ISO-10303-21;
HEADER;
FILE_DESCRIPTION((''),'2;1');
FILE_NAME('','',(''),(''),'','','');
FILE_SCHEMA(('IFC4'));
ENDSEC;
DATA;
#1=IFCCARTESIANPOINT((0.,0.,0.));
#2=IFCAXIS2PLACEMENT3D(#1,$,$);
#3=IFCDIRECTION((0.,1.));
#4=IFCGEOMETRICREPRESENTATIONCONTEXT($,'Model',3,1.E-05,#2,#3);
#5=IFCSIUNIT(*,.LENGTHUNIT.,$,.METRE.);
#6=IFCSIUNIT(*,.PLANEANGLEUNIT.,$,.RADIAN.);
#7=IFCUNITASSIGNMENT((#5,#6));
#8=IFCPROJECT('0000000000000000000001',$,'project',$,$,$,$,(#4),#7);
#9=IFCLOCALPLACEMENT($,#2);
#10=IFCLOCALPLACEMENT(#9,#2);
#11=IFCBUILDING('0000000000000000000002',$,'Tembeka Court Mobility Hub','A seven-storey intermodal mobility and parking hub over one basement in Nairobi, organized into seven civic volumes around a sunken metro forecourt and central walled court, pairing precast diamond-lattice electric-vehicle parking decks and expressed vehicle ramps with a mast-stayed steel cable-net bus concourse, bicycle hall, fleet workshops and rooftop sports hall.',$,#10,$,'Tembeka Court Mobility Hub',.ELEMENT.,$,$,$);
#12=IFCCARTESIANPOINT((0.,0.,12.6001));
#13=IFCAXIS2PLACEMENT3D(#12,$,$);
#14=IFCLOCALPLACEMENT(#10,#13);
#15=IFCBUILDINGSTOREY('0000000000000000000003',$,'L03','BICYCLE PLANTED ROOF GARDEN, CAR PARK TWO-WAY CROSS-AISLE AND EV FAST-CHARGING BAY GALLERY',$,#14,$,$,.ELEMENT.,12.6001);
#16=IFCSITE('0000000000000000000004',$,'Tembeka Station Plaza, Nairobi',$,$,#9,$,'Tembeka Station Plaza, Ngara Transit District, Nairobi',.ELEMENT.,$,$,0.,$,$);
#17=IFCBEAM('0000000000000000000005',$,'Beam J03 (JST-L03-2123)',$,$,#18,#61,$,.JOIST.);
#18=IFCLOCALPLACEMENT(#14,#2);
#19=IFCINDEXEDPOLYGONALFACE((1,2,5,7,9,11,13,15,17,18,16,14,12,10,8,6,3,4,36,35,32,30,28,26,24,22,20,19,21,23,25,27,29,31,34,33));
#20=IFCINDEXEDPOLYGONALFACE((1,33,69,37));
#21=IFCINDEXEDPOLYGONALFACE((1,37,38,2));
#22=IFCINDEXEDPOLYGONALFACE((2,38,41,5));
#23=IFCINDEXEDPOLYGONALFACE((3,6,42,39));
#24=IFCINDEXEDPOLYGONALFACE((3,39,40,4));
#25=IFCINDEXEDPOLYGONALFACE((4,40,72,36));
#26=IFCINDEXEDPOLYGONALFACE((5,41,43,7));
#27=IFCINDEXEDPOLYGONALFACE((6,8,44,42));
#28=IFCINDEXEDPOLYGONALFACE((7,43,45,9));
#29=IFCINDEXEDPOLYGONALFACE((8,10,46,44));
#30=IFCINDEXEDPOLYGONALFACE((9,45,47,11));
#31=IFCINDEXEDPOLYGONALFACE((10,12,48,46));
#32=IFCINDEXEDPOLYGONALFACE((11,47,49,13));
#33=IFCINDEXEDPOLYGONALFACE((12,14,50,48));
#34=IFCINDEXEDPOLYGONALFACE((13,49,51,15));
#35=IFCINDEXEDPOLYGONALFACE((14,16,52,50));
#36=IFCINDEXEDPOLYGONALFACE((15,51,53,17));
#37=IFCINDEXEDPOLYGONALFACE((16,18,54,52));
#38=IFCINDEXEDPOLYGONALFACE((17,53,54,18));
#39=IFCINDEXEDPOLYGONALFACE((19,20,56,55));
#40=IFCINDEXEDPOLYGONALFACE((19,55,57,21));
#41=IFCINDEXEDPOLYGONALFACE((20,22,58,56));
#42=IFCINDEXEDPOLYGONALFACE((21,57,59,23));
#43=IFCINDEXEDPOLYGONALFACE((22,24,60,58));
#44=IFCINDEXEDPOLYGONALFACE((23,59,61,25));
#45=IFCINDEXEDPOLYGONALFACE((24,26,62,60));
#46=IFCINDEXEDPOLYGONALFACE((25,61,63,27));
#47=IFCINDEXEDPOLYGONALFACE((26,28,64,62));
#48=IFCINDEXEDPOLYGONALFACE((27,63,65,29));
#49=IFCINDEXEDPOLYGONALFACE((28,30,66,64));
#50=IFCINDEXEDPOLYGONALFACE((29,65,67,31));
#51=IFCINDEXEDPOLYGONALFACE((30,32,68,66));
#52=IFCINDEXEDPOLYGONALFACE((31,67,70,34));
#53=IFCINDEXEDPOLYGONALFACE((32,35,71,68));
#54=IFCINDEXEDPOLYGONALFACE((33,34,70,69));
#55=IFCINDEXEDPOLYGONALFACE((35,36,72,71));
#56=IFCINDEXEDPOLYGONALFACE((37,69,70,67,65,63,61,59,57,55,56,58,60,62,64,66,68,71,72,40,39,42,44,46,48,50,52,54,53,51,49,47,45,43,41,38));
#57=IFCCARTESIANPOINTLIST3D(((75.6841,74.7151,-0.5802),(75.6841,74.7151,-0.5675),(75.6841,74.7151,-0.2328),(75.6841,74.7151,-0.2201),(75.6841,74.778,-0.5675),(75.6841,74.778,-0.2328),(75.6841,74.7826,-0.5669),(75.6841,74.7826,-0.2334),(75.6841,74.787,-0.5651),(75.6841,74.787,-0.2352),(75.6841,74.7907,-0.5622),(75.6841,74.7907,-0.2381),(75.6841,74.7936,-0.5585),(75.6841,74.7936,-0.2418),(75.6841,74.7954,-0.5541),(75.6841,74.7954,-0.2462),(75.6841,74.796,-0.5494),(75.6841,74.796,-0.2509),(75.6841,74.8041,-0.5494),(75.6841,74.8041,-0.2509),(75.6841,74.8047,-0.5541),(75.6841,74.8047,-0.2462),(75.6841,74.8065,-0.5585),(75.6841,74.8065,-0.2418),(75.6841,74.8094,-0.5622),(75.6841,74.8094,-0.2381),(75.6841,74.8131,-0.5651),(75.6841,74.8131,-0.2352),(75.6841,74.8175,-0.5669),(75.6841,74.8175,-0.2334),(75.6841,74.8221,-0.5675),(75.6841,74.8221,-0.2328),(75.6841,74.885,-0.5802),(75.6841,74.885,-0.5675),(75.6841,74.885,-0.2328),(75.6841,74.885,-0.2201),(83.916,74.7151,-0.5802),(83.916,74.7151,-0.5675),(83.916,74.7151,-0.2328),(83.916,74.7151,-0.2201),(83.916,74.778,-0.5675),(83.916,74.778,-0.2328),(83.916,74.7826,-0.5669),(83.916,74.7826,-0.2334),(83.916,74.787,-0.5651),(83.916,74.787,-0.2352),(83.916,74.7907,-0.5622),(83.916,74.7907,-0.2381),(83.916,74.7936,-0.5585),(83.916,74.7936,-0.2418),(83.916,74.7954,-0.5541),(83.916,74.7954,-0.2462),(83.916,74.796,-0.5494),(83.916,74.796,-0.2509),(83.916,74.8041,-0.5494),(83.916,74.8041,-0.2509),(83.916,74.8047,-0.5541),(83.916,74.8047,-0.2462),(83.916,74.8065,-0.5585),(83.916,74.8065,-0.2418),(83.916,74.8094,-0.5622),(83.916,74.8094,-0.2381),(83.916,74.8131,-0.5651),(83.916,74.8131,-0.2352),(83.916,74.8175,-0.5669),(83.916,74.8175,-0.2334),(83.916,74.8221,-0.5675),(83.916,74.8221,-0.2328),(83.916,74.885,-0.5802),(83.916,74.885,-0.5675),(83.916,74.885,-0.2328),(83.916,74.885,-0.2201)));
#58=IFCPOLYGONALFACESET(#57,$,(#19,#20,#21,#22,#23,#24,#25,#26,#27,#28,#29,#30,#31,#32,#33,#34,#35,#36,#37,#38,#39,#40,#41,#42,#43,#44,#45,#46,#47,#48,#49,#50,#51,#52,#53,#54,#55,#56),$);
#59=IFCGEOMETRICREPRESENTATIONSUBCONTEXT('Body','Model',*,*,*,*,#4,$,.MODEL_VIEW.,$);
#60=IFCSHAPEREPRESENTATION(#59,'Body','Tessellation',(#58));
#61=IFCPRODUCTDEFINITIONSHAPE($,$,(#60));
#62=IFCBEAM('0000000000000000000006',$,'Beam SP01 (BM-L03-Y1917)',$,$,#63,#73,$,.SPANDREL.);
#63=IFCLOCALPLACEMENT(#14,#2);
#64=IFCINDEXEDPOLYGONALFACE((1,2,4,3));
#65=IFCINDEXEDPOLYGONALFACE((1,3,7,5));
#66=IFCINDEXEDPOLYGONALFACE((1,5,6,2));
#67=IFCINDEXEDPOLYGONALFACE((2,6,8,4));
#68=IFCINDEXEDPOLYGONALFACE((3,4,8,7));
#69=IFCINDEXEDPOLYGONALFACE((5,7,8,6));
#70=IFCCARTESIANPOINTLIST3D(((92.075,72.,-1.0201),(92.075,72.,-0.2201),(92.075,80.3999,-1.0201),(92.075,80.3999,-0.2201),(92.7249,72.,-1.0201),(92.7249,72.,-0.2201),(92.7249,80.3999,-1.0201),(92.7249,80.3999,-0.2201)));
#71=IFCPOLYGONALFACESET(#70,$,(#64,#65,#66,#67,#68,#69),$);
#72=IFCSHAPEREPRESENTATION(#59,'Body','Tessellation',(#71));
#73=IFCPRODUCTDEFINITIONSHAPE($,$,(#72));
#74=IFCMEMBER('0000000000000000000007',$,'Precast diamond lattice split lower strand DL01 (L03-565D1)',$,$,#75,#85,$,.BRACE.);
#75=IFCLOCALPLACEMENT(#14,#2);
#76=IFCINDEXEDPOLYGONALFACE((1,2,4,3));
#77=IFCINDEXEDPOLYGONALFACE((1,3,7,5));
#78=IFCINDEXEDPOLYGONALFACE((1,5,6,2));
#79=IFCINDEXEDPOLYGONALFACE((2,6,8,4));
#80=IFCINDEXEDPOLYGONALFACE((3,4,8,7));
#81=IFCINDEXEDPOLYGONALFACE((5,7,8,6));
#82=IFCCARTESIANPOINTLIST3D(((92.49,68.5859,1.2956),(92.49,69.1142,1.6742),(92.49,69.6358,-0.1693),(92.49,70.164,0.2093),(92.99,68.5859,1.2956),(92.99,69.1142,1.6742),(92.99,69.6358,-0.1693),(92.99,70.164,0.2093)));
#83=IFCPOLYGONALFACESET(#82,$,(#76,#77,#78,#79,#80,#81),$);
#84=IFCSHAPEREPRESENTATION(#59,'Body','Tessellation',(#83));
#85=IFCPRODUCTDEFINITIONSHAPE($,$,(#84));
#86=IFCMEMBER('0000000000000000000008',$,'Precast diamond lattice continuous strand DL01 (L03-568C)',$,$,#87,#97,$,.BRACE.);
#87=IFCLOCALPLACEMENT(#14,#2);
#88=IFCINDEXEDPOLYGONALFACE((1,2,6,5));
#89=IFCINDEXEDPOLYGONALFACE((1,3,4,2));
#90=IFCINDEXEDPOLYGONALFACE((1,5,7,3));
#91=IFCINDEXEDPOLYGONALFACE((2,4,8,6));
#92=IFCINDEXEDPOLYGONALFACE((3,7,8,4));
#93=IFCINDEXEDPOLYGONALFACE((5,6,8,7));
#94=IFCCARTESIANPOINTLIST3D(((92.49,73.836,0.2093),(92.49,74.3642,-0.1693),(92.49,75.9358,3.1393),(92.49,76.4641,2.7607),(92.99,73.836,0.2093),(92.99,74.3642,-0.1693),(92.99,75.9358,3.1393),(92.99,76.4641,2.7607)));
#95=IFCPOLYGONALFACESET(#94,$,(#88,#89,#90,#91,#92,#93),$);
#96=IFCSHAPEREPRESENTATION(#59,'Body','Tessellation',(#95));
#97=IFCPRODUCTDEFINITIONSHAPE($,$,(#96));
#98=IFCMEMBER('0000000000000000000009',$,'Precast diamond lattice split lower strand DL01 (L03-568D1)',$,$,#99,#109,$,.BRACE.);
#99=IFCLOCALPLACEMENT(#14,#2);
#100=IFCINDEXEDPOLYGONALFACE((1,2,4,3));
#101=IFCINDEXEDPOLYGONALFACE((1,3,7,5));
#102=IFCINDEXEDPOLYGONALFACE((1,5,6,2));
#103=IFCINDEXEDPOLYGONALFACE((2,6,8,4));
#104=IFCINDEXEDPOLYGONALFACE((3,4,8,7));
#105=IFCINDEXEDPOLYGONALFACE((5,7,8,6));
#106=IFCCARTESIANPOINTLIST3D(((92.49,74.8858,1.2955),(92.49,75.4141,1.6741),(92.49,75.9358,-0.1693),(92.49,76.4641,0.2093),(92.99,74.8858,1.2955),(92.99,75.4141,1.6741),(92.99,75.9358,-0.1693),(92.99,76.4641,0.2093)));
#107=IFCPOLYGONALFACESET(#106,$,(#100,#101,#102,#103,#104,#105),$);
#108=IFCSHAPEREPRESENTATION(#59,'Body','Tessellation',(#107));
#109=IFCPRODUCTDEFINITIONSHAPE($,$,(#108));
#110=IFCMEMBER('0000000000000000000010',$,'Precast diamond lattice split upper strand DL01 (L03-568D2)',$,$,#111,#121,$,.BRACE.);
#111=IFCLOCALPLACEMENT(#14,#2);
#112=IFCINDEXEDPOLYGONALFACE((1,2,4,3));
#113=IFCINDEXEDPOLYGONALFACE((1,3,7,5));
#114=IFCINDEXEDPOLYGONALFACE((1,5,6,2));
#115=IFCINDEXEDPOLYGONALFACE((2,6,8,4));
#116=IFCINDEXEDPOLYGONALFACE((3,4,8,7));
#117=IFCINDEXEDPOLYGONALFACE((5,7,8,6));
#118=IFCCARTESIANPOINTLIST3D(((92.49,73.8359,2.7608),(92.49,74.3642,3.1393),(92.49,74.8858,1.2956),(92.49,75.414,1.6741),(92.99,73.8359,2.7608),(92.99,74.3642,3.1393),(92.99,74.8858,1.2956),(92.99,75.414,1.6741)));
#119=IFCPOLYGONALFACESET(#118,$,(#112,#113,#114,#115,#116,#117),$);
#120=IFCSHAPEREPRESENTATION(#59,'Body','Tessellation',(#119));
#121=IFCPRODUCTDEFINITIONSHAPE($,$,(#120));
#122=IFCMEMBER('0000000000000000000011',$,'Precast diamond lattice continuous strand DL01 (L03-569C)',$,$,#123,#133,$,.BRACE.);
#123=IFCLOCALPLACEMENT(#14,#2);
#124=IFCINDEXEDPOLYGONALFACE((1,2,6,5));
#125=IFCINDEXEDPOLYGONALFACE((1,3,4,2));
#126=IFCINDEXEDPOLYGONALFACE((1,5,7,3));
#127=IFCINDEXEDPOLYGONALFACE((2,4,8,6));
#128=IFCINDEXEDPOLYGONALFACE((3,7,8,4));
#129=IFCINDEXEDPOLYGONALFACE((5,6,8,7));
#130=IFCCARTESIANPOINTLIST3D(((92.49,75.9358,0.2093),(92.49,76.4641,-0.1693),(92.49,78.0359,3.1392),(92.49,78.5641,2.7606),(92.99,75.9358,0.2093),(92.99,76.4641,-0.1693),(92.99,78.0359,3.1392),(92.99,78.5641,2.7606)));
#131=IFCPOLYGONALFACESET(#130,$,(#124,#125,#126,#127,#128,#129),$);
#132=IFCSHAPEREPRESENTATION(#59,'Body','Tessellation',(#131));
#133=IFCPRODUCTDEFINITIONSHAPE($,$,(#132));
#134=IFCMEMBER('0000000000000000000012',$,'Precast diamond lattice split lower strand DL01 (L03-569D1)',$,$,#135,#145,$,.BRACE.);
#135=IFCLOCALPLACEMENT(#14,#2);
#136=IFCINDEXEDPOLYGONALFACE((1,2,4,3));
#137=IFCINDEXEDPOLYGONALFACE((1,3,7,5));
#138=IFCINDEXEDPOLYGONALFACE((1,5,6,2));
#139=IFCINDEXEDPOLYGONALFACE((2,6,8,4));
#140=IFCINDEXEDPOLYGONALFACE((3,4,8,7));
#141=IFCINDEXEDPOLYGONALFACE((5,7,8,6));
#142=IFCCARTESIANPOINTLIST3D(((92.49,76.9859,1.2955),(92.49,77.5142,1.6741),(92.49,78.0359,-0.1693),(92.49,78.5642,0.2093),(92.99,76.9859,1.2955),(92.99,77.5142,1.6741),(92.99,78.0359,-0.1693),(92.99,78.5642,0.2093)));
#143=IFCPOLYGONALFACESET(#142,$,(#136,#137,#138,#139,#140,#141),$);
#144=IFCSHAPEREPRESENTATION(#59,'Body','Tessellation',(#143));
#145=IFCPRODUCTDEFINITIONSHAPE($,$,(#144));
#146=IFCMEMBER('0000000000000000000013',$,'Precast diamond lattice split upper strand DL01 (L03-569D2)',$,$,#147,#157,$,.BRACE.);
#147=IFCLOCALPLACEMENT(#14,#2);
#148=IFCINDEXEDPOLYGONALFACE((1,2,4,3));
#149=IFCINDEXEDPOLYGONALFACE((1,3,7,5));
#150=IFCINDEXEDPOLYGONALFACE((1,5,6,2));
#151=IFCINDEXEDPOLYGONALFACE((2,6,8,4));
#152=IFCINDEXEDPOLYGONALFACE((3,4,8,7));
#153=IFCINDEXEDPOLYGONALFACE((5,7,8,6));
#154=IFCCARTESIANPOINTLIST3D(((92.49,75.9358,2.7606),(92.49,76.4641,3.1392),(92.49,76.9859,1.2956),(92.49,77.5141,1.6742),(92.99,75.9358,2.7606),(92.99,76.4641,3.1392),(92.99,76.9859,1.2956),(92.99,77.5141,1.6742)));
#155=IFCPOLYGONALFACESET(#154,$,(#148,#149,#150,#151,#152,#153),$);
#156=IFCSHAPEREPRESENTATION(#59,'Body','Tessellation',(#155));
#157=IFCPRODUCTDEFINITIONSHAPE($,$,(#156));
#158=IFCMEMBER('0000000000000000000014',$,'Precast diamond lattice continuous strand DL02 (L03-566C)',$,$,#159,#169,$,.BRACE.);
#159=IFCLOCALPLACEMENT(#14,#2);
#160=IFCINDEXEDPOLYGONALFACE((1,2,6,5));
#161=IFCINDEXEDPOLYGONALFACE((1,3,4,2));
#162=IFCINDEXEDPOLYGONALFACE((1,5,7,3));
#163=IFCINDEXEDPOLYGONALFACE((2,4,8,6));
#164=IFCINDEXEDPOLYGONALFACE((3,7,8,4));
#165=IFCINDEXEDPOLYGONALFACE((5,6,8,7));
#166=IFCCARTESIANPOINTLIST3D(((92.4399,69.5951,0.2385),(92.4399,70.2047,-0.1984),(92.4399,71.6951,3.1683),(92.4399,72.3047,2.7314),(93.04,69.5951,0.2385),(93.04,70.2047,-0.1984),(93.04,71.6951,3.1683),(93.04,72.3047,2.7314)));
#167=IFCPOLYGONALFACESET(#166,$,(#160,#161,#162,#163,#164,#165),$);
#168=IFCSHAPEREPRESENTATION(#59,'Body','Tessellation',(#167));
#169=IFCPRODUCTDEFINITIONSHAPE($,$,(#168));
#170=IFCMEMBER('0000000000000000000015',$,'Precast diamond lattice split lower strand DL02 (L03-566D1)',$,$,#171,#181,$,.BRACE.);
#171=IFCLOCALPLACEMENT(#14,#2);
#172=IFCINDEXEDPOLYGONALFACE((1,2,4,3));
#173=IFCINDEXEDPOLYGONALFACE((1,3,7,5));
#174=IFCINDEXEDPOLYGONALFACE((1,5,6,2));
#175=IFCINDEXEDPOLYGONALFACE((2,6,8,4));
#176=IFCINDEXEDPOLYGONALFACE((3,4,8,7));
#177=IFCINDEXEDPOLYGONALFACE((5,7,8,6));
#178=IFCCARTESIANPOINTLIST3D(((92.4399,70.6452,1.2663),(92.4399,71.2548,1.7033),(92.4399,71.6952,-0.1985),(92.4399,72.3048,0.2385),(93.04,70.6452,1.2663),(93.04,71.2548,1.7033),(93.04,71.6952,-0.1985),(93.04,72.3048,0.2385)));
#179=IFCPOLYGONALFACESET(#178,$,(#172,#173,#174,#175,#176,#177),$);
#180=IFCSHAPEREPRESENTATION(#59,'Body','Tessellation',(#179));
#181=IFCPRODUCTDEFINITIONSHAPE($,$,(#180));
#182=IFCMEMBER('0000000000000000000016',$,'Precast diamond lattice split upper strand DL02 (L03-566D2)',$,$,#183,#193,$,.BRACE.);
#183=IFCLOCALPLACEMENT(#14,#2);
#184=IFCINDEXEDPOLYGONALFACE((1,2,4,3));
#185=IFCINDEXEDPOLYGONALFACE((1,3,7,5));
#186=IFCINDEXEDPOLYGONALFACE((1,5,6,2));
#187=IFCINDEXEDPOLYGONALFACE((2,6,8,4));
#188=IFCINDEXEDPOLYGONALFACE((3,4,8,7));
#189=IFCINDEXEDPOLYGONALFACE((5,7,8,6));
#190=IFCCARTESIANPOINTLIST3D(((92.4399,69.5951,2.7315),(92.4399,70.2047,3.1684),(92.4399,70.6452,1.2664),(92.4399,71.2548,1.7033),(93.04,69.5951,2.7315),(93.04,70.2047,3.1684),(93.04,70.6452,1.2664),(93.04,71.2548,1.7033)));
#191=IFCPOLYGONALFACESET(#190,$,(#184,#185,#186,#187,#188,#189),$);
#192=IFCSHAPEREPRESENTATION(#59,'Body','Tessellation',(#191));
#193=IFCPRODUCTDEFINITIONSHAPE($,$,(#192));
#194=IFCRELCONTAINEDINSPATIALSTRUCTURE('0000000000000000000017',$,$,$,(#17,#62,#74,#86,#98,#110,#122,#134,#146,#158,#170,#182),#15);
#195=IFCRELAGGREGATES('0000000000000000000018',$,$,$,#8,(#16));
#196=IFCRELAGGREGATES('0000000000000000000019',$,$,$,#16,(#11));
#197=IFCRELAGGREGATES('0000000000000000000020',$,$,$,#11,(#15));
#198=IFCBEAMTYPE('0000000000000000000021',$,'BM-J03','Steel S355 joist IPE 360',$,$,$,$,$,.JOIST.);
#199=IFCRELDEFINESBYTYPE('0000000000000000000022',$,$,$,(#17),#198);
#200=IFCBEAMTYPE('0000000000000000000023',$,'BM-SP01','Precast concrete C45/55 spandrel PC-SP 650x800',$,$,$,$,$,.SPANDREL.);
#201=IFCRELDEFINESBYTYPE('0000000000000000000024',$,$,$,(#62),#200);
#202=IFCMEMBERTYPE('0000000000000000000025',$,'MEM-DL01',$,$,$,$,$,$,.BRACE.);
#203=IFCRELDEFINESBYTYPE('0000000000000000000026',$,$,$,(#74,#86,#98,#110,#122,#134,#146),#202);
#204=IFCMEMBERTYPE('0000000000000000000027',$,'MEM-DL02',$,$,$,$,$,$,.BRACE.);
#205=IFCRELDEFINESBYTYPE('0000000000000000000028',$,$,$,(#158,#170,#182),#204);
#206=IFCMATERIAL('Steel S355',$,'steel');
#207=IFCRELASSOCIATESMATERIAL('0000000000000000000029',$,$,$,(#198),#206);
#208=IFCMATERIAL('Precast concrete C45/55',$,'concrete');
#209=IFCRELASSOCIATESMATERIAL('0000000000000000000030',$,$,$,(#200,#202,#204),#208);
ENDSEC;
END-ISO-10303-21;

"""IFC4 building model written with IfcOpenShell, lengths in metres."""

from ifc_helpers import new_model, si_unit, direction, frame, origin, origin_2d, place, context, subcontext, project, spatial, rectangle, i_section, extrude, material, material_profile, profile_set, type_object, element, save


model = new_model("IFC4")

# Units and contexts
model_context = context("Model", 3, precision=1e-05, world=origin(), true_north=direction((0.0, 1.0)))
body_context = subcontext(model_context, "Body", "Model", "MODEL_VIEW")
ifc_project = project(units=[si_unit("LENGTHUNIT", "METRE"), si_unit("PLANEANGLEUNIT", "RADIAN")], contexts=[model_context])

# Site, building, storey
site_placement = place(None, origin())
site = spatial("IfcSite", under=ifc_project, at=site_placement, Name="Tembeka Station Plaza, Nairobi", LongName="Tembeka Station Plaza, Ngara Transit District, Nairobi", CompositionType="ELEMENT", RefElevation=0.0)
building_placement = place(site_placement, origin())
building = spatial("IfcBuilding", under=site, at=building_placement, Name="Tembeka Court Mobility Hub", Description="A seven-storey intermodal mobility and parking hub over one basement in Nairobi, organized into seven civic volumes around a sunken metro forecourt and central walled court, pairing precast diamond-lattice electric-vehicle parking decks and expressed vehicle ramps with a mast-stayed steel cable-net bus concourse, bicycle hall, fleet workshops and rooftop sports hall.", LongName="Tembeka Court Mobility Hub", CompositionType="ELEMENT")
storey_placement = place(building_placement, frame((0.0, 0.0, 12.6001)))
storey = spatial("IfcBuildingStorey", under=building, at=storey_placement, Name="L03", Description="BICYCLE PLANTED ROOF GARDEN, CAR PARK TWO-WAY CROSS-AISLE AND EV FAST-CHARGING BAY GALLERY", CompositionType="ELEMENT", Elevation=12.6001)

# Shared definitions
ifc_material_1 = material(Name="Steel S355", Category="steel")

# Beams
ifc_material_profile_1 = material_profile(ifc_material_1, i_section(OverallWidth=0.1699, OverallDepth=0.3601, WebThickness=0.0081, FlangeThickness=0.0127, FilletRadius=0.0181, at=origin_2d()), Name="IPE 360")
ifc_profile_set_1 = profile_set([ifc_material_profile_1], Name="Steel S355")
beam_type_1 = type_object("IfcBeamType", Name="BM-J03", Description="Steel S355 joist IPE 360", PredefinedType="JOIST", material=ifc_profile_set_1)
beam_1_placement = place(storey_placement, frame((75.6841, 74.8, -0.4001), z_axis=(1.0, 0.0, 0.0), x_axis=(0.0, 1.0, 0.0)))
element("IfcBeam", 1, at=beam_1_placement, inside=storey, type_object=beam_type_1, Name="Beam J03 (JST-L03-2123)", PredefinedType="JOIST", context=body_context, shape_type="SweptSolid", body=[
    extrude(i_section(OverallWidth=0.1699, OverallDepth=0.3601, WebThickness=0.0081, FlangeThickness=0.0127, FilletRadius=0.0181, at=origin_2d()), origin(), (0.0, 0.0, 1.0), 8.2319),
])
ifc_material_2 = material(Name="Precast concrete C45/55", Category="concrete")
ifc_material_profile_2 = material_profile(ifc_material_2, rectangle(XDim=0.6499, YDim=0.8, at=origin_2d()), Name="PC-SP 650x800")
ifc_profile_set_2 = profile_set([ifc_material_profile_2], Name="Precast concrete C45/55")
beam_type_2 = type_object("IfcBeamType", Name="BM-SP01", Description="Precast concrete C45/55 spandrel PC-SP 650x800", PredefinedType="SPANDREL", material=ifc_profile_set_2)
beam_2_placement = place(storey_placement, frame((92.3999, 72.0, -0.6201), z_axis=(0.0, 1.0, 0.0), x_axis=(-1.0, 0.0, 0.0)))
element("IfcBeam", 2, at=beam_2_placement, inside=storey, type_object=beam_type_2, Name="Beam SP01 (BM-L03-Y1917)", PredefinedType="SPANDREL", context=body_context, shape_type="SweptSolid", body=[
    extrude(rectangle(XDim=0.6499, YDim=0.8, at=origin_2d()), origin(), (0.0, 0.0, 1.0), 8.3999),
])

# Members
ifc_material_profile_3 = material_profile(ifc_material_2, rectangle(XDim=0.5, YDim=0.6499, at=origin_2d()), Name="PC-DIAG 500x650")
ifc_profile_set_3 = profile_set([ifc_material_profile_3], Name="Precast concrete C45/55")
member_type_1 = type_object("IfcMemberType", Name="MEM-DL01", PredefinedType="BRACE", material=ifc_profile_set_3)
member_1_placement = place(storey_placement, frame((92.74, 69.8999, 0.02), z_axis=(0.0, -0.582519, 0.812817), x_axis=(1.0, 0.0, 0.0)))
element("IfcMember", 3, at=member_1_placement, inside=storey, type_object=member_type_1, Name="Precast diamond lattice split lower strand DL01 (L03-565D1)", PredefinedType="BRACE", context=body_context, shape_type="SweptSolid", body=[
    extrude(rectangle(XDim=0.5, YDim=0.6499, at=origin_2d()), origin(), (0.0, 0.0, 1.0), 1.8022),
])
member_2_placement = place(storey_placement, frame((92.74, 74.1001, 0.02), z_axis=(0.0, 0.582532, 0.812808), x_axis=(-1.0, 0.0, 0.0)))
element("IfcMember", 4, at=member_2_placement, inside=storey, type_object=member_type_1, Name="Precast diamond lattice continuous strand DL01 (L03-568C)", PredefinedType="BRACE", context=body_context, shape_type="SweptSolid", body=[
    extrude(rectangle(XDim=0.5, YDim=0.6499, at=origin_2d()), origin(), (0.0, 0.0, 1.0), 3.6047),
])
member_3_placement = place(storey_placement, frame((92.74, 76.2, 0.02), z_axis=(0.0, -0.582608, 0.812753), x_axis=(1.0, 0.0, 0.0)))
element("IfcMember", 5, at=member_3_placement, inside=storey, type_object=member_type_1, Name="Precast diamond lattice split lower strand DL01 (L03-568D1)", PredefinedType="BRACE", context=body_context, shape_type="SweptSolid", body=[
    extrude(rectangle(XDim=0.5, YDim=0.6499, at=origin_2d()), origin(), (0.0, 0.0, 1.0), 1.8022),
])
member_4_placement = place(storey_placement, frame((92.74, 75.1499, 1.4849), z_axis=(0.0, -0.582455, 0.812863), x_axis=(1.0, 0.0, 0.0)))
element("IfcMember", 6, at=member_4_placement, inside=storey, type_object=member_type_1, Name="Precast diamond lattice split upper strand DL01 (L03-568D2)", PredefinedType="BRACE", context=body_context, shape_type="SweptSolid", body=[
    extrude(rectangle(XDim=0.5, YDim=0.6499, at=origin_2d()), origin(), (0.0, 0.0, 1.0), 1.8025),
])
member_5_placement = place(storey_placement, frame((92.74, 76.2, 0.02), z_axis=(0.0, 0.582576, 0.812776), x_axis=(-1.0, 0.0, 0.0)))
element("IfcMember", 7, at=member_5_placement, inside=storey, type_object=member_type_1, Name="Precast diamond lattice continuous strand DL01 (L03-569C)", PredefinedType="BRACE", context=body_context, shape_type="SweptSolid", body=[
    extrude(rectangle(XDim=0.5, YDim=0.6499, at=origin_2d()), origin(), (0.0, 0.0, 1.0), 3.6047),
])
member_6_placement = place(storey_placement, frame((92.74, 78.3, 0.02), z_axis=(0.0, -0.582608, 0.812753), x_axis=(1.0, 0.0, 0.0)))
element("IfcMember", 8, at=member_6_placement, inside=storey, type_object=member_type_1, Name="Precast diamond lattice split lower strand DL01 (L03-569D1)", PredefinedType="BRACE", context=body_context, shape_type="SweptSolid", body=[
    extrude(rectangle(XDim=0.5, YDim=0.6499, at=origin_2d()), origin(), (0.0, 0.0, 1.0), 1.8022),
])
member_7_placement = place(storey_placement, frame((92.74, 77.25, 1.4849), z_axis=(0.0, -0.582544, 0.812799), x_axis=(1.0, 0.0, 0.0)))
element("IfcMember", 9, at=member_7_placement, inside=storey, type_object=member_type_1, Name="Precast diamond lattice split upper strand DL01 (L03-569D2)", PredefinedType="BRACE", context=body_context, shape_type="SweptSolid", body=[
    extrude(rectangle(XDim=0.5, YDim=0.6499, at=origin_2d()), origin(), (0.0, 0.0, 1.0), 1.8025),
])
ifc_material_profile_4 = material_profile(ifc_material_2, rectangle(XDim=0.6001, YDim=0.75, at=origin_2d()), Name="PC-DIAG 600x750")
ifc_profile_set_4 = profile_set([ifc_material_profile_4], Name="Precast concrete C45/55")
member_type_2 = type_object("IfcMemberType", Name="MEM-DL02", PredefinedType="BRACE", material=ifc_profile_set_4)
member_8_placement = place(storey_placement, frame((92.74, 69.8999, 0.02), z_axis=(0.0, 0.582576, 0.812776), x_axis=(-1.0, 0.0, 0.0)))
element("IfcMember", 10, at=member_8_placement, inside=storey, type_object=member_type_2, Name="Precast diamond lattice continuous strand DL02 (L03-566C)", PredefinedType="BRACE", context=body_context, shape_type="SweptSolid", body=[
    extrude(rectangle(XDim=0.6001, YDim=0.75, at=origin_2d()), origin(), (0.0, 0.0, 1.0), 3.6047),
])
member_9_placement = place(storey_placement, frame((92.74, 72.0, 0.02), z_axis=(0.0, -0.582608, 0.812753), x_axis=(1.0, 0.0, 0.0)))
element("IfcMember", 11, at=member_9_placement, inside=storey, type_object=member_type_2, Name="Precast diamond lattice split lower strand DL02 (L03-566D1)", PredefinedType="BRACE", context=body_context, shape_type="SweptSolid", body=[
    extrude(rectangle(XDim=0.6001, YDim=0.75, at=origin_2d()), origin(), (0.0, 0.0, 1.0), 1.8022),
])
member_10_placement = place(storey_placement, frame((92.74, 70.95, 1.4849), z_axis=(0.0, -0.582544, 0.812799), x_axis=(1.0, 0.0, 0.0)))
element("IfcMember", 12, at=member_10_placement, inside=storey, type_object=member_type_2, Name="Precast diamond lattice split upper strand DL02 (L03-566D2)", PredefinedType="BRACE", context=body_context, shape_type="SweptSolid", body=[
    extrude(rectangle(XDim=0.6001, YDim=0.75, at=origin_2d()), origin(), (0.0, 0.0, 1.0), 1.8025),
])

save(model, "model.ifc")
